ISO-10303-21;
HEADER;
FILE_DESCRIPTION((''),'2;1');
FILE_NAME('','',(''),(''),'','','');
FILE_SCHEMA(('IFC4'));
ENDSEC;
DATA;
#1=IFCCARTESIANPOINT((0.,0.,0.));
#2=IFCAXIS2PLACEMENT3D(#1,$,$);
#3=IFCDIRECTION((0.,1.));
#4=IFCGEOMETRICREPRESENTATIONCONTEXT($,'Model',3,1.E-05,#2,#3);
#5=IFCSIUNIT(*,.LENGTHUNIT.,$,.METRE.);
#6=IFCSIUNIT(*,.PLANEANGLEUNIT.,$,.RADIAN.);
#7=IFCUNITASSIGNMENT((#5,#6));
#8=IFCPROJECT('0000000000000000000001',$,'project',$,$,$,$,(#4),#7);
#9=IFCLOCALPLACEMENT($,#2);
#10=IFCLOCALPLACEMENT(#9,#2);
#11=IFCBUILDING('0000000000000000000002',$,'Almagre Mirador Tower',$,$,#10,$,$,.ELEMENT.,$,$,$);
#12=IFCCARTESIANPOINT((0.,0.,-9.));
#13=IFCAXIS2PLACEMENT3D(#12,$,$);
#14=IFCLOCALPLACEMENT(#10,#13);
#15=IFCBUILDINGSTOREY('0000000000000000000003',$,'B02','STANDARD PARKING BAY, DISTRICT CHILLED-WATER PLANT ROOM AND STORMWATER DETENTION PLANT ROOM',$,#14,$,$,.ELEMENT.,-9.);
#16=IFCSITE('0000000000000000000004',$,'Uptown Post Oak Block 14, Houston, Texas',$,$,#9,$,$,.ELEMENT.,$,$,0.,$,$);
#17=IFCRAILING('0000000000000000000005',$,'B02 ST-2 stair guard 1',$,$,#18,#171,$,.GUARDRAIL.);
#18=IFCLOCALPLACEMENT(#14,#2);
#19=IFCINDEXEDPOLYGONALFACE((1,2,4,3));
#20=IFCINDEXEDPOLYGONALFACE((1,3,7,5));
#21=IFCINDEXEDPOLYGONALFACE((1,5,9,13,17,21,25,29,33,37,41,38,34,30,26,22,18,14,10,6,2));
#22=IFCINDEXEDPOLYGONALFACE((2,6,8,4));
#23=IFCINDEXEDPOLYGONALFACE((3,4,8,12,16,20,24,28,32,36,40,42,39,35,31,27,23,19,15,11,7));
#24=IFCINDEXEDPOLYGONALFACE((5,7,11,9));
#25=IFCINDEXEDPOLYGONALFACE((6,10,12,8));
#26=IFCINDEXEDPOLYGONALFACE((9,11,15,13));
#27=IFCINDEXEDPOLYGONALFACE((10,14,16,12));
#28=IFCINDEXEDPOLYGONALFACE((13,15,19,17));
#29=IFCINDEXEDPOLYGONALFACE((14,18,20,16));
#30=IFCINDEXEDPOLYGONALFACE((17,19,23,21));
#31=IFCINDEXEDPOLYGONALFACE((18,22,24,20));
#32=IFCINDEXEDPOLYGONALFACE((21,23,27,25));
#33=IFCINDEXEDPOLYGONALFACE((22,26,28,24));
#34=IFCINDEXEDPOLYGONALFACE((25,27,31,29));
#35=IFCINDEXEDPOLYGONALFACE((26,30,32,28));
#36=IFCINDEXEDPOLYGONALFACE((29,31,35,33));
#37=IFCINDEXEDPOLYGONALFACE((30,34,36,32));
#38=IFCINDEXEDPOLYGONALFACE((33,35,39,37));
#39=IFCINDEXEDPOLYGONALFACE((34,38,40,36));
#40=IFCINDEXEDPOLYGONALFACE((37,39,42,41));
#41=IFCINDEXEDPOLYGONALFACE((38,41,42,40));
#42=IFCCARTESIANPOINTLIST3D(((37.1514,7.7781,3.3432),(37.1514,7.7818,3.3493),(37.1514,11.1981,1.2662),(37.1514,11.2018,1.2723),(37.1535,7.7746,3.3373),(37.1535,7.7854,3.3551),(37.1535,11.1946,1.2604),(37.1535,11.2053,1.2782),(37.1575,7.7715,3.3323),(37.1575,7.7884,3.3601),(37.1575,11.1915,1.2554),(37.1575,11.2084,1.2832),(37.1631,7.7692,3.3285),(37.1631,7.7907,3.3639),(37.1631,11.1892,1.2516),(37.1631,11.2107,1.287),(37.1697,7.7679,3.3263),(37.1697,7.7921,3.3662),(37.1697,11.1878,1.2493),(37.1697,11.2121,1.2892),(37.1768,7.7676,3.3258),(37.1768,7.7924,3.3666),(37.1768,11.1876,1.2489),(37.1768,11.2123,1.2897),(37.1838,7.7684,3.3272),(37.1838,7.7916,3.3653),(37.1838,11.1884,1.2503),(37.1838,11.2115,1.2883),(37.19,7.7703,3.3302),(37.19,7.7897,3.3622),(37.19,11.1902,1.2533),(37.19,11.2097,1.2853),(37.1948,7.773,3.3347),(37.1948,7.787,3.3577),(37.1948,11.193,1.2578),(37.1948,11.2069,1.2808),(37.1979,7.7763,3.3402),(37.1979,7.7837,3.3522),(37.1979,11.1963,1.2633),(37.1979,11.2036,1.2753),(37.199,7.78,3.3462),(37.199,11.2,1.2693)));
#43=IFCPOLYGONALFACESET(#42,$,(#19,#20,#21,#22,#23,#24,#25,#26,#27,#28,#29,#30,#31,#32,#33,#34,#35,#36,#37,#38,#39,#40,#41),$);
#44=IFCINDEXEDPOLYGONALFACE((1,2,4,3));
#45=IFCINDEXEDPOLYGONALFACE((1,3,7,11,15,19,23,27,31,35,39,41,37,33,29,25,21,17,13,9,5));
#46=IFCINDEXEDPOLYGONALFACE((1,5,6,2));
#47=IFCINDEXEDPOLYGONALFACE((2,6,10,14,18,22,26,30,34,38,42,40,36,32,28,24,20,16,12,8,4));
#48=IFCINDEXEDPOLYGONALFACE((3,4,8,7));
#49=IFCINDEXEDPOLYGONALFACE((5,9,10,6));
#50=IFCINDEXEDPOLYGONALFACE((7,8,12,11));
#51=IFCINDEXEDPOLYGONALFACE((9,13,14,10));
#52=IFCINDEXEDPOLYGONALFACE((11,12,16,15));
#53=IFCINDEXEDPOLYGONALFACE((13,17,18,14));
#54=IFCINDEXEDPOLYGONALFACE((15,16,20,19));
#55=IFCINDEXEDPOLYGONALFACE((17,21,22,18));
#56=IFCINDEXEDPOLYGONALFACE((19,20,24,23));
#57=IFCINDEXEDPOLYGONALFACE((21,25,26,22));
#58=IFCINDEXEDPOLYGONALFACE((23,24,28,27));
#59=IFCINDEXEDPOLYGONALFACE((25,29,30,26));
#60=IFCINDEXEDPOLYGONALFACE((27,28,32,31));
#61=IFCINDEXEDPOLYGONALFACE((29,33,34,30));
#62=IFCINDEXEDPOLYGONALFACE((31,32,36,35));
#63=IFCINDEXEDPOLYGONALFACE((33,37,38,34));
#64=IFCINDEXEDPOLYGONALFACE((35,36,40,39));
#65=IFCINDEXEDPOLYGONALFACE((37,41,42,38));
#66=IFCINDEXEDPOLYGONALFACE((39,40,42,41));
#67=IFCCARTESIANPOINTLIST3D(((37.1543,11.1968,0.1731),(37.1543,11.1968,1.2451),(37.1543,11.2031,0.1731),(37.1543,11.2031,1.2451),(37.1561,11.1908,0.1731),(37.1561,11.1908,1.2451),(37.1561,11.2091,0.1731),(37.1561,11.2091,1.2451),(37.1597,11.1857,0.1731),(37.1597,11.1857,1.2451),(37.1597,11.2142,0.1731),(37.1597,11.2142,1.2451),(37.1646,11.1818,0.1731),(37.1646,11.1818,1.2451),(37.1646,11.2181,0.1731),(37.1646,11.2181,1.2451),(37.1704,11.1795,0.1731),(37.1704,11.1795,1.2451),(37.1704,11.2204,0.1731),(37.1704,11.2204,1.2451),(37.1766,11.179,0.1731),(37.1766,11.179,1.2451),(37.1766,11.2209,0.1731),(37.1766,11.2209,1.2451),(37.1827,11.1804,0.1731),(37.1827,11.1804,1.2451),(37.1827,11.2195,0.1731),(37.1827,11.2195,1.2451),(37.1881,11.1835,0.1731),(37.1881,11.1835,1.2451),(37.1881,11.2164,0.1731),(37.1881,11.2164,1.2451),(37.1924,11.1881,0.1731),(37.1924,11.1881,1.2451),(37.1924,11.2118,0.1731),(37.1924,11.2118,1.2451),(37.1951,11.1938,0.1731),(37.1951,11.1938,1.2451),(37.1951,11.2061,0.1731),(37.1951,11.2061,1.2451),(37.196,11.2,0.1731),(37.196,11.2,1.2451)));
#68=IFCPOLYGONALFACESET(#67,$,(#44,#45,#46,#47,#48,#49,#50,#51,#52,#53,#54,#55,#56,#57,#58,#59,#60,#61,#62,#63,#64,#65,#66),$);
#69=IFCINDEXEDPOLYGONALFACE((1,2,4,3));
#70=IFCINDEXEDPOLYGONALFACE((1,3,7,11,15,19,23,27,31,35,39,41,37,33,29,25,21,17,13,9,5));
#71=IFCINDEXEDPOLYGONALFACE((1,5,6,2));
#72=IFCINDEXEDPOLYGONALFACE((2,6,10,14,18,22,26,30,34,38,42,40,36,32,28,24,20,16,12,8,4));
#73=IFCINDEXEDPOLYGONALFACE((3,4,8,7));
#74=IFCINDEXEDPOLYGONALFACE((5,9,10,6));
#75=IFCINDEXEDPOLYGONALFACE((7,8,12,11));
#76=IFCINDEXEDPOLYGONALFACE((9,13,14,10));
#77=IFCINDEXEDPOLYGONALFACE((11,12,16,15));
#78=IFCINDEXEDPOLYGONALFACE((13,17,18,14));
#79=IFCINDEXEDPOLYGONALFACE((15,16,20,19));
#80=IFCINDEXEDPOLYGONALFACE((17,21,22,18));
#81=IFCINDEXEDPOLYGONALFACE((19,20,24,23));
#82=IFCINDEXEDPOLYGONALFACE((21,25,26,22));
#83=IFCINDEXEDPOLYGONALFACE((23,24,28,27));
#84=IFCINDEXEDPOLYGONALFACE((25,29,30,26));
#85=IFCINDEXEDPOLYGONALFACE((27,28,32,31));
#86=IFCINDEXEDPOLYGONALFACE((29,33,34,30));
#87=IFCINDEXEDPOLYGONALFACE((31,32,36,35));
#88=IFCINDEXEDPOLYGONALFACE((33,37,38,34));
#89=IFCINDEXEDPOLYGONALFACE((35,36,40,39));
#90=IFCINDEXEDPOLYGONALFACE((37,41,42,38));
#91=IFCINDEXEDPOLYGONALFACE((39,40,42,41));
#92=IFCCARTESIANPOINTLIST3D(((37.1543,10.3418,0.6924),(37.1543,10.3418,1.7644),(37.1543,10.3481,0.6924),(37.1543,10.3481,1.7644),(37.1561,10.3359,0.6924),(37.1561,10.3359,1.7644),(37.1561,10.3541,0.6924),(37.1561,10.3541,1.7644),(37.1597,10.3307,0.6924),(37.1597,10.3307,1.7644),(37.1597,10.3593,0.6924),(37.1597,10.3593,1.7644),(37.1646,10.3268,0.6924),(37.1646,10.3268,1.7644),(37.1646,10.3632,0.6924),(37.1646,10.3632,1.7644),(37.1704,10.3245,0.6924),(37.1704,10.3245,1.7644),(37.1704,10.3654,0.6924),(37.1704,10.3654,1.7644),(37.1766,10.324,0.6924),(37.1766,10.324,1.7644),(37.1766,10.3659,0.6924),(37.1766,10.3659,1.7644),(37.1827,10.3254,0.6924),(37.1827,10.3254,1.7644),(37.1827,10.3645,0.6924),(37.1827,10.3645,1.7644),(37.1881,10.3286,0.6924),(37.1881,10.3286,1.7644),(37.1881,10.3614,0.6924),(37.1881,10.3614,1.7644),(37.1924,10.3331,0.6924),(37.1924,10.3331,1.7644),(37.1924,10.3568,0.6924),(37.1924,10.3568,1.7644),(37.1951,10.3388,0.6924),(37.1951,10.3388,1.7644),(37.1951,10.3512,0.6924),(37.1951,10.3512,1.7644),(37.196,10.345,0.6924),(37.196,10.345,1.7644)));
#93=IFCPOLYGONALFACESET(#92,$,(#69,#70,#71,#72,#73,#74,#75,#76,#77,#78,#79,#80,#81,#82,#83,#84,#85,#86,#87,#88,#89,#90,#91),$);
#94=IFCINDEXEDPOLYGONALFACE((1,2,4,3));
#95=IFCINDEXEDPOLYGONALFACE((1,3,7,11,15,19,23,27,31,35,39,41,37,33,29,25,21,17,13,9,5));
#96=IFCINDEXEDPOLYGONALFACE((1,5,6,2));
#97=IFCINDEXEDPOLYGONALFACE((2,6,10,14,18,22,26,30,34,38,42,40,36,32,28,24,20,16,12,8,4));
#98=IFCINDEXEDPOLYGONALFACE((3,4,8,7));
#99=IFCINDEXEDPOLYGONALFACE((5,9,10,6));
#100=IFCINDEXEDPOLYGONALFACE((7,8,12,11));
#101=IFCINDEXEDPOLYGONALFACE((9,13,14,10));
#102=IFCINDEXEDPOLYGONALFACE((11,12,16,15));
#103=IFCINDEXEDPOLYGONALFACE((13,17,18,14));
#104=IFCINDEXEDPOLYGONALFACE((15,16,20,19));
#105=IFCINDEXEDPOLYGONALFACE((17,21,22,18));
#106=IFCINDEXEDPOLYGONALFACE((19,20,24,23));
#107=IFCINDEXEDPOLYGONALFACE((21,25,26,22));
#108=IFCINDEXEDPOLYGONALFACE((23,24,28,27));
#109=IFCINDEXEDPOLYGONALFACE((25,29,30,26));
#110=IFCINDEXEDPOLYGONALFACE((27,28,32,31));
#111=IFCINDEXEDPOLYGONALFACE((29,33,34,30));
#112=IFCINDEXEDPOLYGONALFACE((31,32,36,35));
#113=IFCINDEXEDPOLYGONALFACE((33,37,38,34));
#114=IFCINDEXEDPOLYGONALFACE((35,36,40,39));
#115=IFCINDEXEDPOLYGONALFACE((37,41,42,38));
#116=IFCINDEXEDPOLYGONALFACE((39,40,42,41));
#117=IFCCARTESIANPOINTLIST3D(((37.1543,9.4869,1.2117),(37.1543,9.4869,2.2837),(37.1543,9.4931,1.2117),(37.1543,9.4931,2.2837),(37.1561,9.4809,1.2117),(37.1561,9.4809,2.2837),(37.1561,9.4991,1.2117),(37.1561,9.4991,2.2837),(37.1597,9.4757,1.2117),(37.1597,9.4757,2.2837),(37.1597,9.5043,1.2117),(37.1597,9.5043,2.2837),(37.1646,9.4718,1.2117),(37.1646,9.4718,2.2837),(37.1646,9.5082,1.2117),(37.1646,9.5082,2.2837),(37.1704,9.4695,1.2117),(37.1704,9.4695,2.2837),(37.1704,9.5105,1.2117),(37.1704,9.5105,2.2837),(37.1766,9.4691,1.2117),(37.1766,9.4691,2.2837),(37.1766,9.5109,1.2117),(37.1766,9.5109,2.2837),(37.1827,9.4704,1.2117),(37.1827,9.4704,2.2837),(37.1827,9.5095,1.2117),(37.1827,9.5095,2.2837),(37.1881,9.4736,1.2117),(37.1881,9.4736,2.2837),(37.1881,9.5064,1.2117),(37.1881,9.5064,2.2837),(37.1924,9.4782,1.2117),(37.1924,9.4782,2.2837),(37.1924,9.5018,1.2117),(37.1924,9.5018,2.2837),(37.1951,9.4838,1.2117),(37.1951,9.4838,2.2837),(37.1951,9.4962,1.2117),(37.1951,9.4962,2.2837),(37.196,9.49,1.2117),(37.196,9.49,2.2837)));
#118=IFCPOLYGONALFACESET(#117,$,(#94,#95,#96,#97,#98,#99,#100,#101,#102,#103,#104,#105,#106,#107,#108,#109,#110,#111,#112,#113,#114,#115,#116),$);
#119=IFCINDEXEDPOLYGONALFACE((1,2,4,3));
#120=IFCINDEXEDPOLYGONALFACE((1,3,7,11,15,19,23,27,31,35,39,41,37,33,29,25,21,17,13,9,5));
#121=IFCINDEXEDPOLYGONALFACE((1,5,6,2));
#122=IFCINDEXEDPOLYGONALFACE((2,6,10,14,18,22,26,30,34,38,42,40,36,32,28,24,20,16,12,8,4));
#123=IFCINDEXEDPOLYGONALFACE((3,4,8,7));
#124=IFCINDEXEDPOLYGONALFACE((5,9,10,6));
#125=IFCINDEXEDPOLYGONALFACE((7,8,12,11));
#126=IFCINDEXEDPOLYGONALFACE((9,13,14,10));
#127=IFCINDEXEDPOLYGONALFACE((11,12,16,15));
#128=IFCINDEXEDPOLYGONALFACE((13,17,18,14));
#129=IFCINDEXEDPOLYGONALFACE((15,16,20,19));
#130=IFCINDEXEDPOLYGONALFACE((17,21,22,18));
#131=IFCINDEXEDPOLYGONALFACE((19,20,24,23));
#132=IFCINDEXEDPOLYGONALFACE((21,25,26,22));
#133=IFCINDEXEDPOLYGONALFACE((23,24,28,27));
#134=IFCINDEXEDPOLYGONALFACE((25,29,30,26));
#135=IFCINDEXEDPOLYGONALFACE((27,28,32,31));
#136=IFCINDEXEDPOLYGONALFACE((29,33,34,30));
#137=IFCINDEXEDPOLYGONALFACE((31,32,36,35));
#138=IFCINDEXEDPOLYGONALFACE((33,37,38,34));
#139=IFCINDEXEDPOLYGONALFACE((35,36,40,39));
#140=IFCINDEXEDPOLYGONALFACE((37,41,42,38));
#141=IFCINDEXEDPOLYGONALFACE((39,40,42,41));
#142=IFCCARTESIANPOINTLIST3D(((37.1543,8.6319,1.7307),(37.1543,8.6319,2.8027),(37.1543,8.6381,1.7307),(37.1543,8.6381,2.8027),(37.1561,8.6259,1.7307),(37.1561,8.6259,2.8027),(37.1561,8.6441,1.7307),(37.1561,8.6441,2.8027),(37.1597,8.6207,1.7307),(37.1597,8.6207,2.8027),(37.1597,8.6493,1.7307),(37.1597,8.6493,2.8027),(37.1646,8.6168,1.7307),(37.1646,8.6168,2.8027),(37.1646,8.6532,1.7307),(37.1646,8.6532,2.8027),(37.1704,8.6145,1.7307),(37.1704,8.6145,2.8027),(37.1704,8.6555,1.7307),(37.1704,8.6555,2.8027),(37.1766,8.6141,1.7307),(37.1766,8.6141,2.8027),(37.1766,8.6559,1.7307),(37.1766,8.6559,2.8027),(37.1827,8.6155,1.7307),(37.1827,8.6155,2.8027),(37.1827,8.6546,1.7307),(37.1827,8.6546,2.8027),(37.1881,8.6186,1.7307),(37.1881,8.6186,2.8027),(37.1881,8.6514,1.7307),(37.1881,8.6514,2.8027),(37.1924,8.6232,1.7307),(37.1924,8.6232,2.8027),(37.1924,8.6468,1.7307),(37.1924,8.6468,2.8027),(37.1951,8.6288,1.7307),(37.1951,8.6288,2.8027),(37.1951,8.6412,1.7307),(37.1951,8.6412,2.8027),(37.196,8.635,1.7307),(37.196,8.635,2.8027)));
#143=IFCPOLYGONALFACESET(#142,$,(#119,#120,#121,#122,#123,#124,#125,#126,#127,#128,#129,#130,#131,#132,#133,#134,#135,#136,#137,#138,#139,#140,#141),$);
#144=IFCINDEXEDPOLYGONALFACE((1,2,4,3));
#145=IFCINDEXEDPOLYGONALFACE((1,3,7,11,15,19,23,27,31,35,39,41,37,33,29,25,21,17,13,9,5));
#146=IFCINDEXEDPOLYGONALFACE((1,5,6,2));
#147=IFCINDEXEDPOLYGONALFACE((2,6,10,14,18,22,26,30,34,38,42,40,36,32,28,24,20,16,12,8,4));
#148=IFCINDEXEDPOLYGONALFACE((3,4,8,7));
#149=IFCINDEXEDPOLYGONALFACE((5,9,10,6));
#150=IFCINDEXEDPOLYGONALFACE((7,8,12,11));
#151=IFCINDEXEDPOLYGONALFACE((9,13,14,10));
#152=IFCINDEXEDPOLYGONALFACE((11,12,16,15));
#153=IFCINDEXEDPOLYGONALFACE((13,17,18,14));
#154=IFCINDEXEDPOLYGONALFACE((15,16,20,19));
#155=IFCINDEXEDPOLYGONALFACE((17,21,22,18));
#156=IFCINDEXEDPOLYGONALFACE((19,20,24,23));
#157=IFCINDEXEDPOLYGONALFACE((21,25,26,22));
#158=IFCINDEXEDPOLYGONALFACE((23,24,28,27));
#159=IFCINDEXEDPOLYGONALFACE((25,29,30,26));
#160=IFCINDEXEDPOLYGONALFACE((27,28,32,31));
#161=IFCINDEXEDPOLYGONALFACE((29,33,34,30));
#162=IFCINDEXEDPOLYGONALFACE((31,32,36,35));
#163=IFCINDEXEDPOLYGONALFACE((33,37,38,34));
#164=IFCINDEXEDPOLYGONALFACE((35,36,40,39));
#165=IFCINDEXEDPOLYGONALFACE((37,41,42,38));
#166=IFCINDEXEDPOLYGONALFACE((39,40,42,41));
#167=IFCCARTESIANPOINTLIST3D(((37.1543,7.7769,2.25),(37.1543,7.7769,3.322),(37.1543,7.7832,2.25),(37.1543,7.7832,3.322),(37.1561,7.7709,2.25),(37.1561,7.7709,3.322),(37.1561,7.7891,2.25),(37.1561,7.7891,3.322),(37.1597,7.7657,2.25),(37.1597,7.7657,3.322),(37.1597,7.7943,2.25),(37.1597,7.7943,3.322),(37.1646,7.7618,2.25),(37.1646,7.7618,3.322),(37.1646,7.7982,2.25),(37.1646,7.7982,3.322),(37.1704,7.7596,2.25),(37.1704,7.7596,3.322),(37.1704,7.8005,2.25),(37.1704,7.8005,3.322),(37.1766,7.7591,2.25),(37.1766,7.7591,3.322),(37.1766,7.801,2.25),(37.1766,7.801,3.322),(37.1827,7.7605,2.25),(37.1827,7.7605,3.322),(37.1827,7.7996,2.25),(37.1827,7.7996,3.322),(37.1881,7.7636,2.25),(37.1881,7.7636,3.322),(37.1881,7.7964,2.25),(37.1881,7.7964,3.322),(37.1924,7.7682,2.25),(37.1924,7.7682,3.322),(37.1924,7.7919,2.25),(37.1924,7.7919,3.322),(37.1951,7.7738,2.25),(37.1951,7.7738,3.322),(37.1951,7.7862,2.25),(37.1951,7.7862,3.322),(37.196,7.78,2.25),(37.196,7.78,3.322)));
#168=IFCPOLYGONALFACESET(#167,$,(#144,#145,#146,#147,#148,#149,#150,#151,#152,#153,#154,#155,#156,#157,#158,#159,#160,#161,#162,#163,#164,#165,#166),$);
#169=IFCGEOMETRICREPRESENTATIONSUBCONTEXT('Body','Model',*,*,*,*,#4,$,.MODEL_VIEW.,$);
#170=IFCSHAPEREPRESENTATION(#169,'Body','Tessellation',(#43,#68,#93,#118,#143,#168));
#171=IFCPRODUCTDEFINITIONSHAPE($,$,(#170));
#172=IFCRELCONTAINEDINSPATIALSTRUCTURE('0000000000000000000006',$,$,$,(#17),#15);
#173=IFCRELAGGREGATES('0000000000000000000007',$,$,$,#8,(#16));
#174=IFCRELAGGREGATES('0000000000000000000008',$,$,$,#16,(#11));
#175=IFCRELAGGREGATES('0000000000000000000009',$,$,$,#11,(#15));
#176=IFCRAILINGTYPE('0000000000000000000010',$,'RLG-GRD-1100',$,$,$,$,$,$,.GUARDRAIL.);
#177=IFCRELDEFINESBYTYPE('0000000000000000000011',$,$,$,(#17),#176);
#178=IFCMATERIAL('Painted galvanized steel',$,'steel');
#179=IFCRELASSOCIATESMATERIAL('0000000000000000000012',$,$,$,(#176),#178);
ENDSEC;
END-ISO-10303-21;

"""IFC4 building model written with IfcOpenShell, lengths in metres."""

from ifc_helpers import new_model, si_unit, direction, frame, origin, origin_2d, place, context, subcontext, project, spatial, circle, extrude, material, type_object, element, save


model = new_model("IFC4")

# Units and contexts
model_context = context("Model", 3, precision=1e-05, world=origin(), true_north=direction((0.0, 1.0)))
body_context = subcontext(model_context, "Body", "Model", "MODEL_VIEW")
ifc_project = project(units=[si_unit("LENGTHUNIT", "METRE"), si_unit("PLANEANGLEUNIT", "RADIAN")], contexts=[model_context])

# Site, building, storey
site_placement = place(None, origin())
site = spatial("IfcSite", under=ifc_project, at=site_placement, Name="Uptown Post Oak Block 14, Houston, Texas", CompositionType="ELEMENT", RefElevation=0.0)
building_placement = place(site_placement, origin())
building = spatial("IfcBuilding", under=site, at=building_placement, Name="Almagre Mirador Tower", CompositionType="ELEMENT")
storey_placement = place(building_placement, frame((0.0, 0.0, -9.0)))
storey = spatial("IfcBuildingStorey", under=building, at=storey_placement, Name="B02", Description="STANDARD PARKING BAY, DISTRICT CHILLED-WATER PLANT ROOM AND STORMWATER DETENTION PLANT ROOM", CompositionType="ELEMENT", Elevation=-9.0)

# Railing
ifc_material_1 = material(Name="Painted galvanized steel", Category="steel")
railing_type_1 = type_object("IfcRailingType", Name="RLG-GRD-1100", PredefinedType="GUARDRAIL", material=ifc_material_1)
railing_1_placement = place(storey_placement, frame((37.175, 11.2, 0.1731)))
element("IfcRailing", 1, at=railing_1_placement, inside=storey, type_object=railing_type_1, Name="B02 ST-2 stair guard 1", PredefinedType="GUARDRAIL", context=body_context, shape_type="SweptSolid", body=[
    extrude(circle(Radius=0.0239, at=origin_2d()), frame((0.0, 0.0, 1.0962), z_axis=(0.0, -0.85473, 0.519074), x_axis=(1.0, 0.0, 0.0)), (0.0, 0.0, 1.0), 4.0012),
    extrude(circle(Radius=0.021, at=origin_2d()), origin(), (0.0, 0.0, 1.0), 1.072),
    extrude(circle(Radius=0.021, at=origin_2d()), frame((0.0, -0.855, 0.5193)), (0.0, 0.0, 1.0), 1.072),
    extrude(circle(Radius=0.021, at=origin_2d()), frame((0.0, -1.71, 1.0386)), (0.0, 0.0, 1.0), 1.072),
    extrude(circle(Radius=0.021, at=origin_2d()), frame((0.0, -2.5649, 1.5576)), (0.0, 0.0, 1.0), 1.072),
    extrude(circle(Radius=0.021, at=origin_2d()), frame((0.0, -3.4199, 2.0769)), (0.0, 0.0, 1.0), 1.072),
])

save(model, "model.ifc")
